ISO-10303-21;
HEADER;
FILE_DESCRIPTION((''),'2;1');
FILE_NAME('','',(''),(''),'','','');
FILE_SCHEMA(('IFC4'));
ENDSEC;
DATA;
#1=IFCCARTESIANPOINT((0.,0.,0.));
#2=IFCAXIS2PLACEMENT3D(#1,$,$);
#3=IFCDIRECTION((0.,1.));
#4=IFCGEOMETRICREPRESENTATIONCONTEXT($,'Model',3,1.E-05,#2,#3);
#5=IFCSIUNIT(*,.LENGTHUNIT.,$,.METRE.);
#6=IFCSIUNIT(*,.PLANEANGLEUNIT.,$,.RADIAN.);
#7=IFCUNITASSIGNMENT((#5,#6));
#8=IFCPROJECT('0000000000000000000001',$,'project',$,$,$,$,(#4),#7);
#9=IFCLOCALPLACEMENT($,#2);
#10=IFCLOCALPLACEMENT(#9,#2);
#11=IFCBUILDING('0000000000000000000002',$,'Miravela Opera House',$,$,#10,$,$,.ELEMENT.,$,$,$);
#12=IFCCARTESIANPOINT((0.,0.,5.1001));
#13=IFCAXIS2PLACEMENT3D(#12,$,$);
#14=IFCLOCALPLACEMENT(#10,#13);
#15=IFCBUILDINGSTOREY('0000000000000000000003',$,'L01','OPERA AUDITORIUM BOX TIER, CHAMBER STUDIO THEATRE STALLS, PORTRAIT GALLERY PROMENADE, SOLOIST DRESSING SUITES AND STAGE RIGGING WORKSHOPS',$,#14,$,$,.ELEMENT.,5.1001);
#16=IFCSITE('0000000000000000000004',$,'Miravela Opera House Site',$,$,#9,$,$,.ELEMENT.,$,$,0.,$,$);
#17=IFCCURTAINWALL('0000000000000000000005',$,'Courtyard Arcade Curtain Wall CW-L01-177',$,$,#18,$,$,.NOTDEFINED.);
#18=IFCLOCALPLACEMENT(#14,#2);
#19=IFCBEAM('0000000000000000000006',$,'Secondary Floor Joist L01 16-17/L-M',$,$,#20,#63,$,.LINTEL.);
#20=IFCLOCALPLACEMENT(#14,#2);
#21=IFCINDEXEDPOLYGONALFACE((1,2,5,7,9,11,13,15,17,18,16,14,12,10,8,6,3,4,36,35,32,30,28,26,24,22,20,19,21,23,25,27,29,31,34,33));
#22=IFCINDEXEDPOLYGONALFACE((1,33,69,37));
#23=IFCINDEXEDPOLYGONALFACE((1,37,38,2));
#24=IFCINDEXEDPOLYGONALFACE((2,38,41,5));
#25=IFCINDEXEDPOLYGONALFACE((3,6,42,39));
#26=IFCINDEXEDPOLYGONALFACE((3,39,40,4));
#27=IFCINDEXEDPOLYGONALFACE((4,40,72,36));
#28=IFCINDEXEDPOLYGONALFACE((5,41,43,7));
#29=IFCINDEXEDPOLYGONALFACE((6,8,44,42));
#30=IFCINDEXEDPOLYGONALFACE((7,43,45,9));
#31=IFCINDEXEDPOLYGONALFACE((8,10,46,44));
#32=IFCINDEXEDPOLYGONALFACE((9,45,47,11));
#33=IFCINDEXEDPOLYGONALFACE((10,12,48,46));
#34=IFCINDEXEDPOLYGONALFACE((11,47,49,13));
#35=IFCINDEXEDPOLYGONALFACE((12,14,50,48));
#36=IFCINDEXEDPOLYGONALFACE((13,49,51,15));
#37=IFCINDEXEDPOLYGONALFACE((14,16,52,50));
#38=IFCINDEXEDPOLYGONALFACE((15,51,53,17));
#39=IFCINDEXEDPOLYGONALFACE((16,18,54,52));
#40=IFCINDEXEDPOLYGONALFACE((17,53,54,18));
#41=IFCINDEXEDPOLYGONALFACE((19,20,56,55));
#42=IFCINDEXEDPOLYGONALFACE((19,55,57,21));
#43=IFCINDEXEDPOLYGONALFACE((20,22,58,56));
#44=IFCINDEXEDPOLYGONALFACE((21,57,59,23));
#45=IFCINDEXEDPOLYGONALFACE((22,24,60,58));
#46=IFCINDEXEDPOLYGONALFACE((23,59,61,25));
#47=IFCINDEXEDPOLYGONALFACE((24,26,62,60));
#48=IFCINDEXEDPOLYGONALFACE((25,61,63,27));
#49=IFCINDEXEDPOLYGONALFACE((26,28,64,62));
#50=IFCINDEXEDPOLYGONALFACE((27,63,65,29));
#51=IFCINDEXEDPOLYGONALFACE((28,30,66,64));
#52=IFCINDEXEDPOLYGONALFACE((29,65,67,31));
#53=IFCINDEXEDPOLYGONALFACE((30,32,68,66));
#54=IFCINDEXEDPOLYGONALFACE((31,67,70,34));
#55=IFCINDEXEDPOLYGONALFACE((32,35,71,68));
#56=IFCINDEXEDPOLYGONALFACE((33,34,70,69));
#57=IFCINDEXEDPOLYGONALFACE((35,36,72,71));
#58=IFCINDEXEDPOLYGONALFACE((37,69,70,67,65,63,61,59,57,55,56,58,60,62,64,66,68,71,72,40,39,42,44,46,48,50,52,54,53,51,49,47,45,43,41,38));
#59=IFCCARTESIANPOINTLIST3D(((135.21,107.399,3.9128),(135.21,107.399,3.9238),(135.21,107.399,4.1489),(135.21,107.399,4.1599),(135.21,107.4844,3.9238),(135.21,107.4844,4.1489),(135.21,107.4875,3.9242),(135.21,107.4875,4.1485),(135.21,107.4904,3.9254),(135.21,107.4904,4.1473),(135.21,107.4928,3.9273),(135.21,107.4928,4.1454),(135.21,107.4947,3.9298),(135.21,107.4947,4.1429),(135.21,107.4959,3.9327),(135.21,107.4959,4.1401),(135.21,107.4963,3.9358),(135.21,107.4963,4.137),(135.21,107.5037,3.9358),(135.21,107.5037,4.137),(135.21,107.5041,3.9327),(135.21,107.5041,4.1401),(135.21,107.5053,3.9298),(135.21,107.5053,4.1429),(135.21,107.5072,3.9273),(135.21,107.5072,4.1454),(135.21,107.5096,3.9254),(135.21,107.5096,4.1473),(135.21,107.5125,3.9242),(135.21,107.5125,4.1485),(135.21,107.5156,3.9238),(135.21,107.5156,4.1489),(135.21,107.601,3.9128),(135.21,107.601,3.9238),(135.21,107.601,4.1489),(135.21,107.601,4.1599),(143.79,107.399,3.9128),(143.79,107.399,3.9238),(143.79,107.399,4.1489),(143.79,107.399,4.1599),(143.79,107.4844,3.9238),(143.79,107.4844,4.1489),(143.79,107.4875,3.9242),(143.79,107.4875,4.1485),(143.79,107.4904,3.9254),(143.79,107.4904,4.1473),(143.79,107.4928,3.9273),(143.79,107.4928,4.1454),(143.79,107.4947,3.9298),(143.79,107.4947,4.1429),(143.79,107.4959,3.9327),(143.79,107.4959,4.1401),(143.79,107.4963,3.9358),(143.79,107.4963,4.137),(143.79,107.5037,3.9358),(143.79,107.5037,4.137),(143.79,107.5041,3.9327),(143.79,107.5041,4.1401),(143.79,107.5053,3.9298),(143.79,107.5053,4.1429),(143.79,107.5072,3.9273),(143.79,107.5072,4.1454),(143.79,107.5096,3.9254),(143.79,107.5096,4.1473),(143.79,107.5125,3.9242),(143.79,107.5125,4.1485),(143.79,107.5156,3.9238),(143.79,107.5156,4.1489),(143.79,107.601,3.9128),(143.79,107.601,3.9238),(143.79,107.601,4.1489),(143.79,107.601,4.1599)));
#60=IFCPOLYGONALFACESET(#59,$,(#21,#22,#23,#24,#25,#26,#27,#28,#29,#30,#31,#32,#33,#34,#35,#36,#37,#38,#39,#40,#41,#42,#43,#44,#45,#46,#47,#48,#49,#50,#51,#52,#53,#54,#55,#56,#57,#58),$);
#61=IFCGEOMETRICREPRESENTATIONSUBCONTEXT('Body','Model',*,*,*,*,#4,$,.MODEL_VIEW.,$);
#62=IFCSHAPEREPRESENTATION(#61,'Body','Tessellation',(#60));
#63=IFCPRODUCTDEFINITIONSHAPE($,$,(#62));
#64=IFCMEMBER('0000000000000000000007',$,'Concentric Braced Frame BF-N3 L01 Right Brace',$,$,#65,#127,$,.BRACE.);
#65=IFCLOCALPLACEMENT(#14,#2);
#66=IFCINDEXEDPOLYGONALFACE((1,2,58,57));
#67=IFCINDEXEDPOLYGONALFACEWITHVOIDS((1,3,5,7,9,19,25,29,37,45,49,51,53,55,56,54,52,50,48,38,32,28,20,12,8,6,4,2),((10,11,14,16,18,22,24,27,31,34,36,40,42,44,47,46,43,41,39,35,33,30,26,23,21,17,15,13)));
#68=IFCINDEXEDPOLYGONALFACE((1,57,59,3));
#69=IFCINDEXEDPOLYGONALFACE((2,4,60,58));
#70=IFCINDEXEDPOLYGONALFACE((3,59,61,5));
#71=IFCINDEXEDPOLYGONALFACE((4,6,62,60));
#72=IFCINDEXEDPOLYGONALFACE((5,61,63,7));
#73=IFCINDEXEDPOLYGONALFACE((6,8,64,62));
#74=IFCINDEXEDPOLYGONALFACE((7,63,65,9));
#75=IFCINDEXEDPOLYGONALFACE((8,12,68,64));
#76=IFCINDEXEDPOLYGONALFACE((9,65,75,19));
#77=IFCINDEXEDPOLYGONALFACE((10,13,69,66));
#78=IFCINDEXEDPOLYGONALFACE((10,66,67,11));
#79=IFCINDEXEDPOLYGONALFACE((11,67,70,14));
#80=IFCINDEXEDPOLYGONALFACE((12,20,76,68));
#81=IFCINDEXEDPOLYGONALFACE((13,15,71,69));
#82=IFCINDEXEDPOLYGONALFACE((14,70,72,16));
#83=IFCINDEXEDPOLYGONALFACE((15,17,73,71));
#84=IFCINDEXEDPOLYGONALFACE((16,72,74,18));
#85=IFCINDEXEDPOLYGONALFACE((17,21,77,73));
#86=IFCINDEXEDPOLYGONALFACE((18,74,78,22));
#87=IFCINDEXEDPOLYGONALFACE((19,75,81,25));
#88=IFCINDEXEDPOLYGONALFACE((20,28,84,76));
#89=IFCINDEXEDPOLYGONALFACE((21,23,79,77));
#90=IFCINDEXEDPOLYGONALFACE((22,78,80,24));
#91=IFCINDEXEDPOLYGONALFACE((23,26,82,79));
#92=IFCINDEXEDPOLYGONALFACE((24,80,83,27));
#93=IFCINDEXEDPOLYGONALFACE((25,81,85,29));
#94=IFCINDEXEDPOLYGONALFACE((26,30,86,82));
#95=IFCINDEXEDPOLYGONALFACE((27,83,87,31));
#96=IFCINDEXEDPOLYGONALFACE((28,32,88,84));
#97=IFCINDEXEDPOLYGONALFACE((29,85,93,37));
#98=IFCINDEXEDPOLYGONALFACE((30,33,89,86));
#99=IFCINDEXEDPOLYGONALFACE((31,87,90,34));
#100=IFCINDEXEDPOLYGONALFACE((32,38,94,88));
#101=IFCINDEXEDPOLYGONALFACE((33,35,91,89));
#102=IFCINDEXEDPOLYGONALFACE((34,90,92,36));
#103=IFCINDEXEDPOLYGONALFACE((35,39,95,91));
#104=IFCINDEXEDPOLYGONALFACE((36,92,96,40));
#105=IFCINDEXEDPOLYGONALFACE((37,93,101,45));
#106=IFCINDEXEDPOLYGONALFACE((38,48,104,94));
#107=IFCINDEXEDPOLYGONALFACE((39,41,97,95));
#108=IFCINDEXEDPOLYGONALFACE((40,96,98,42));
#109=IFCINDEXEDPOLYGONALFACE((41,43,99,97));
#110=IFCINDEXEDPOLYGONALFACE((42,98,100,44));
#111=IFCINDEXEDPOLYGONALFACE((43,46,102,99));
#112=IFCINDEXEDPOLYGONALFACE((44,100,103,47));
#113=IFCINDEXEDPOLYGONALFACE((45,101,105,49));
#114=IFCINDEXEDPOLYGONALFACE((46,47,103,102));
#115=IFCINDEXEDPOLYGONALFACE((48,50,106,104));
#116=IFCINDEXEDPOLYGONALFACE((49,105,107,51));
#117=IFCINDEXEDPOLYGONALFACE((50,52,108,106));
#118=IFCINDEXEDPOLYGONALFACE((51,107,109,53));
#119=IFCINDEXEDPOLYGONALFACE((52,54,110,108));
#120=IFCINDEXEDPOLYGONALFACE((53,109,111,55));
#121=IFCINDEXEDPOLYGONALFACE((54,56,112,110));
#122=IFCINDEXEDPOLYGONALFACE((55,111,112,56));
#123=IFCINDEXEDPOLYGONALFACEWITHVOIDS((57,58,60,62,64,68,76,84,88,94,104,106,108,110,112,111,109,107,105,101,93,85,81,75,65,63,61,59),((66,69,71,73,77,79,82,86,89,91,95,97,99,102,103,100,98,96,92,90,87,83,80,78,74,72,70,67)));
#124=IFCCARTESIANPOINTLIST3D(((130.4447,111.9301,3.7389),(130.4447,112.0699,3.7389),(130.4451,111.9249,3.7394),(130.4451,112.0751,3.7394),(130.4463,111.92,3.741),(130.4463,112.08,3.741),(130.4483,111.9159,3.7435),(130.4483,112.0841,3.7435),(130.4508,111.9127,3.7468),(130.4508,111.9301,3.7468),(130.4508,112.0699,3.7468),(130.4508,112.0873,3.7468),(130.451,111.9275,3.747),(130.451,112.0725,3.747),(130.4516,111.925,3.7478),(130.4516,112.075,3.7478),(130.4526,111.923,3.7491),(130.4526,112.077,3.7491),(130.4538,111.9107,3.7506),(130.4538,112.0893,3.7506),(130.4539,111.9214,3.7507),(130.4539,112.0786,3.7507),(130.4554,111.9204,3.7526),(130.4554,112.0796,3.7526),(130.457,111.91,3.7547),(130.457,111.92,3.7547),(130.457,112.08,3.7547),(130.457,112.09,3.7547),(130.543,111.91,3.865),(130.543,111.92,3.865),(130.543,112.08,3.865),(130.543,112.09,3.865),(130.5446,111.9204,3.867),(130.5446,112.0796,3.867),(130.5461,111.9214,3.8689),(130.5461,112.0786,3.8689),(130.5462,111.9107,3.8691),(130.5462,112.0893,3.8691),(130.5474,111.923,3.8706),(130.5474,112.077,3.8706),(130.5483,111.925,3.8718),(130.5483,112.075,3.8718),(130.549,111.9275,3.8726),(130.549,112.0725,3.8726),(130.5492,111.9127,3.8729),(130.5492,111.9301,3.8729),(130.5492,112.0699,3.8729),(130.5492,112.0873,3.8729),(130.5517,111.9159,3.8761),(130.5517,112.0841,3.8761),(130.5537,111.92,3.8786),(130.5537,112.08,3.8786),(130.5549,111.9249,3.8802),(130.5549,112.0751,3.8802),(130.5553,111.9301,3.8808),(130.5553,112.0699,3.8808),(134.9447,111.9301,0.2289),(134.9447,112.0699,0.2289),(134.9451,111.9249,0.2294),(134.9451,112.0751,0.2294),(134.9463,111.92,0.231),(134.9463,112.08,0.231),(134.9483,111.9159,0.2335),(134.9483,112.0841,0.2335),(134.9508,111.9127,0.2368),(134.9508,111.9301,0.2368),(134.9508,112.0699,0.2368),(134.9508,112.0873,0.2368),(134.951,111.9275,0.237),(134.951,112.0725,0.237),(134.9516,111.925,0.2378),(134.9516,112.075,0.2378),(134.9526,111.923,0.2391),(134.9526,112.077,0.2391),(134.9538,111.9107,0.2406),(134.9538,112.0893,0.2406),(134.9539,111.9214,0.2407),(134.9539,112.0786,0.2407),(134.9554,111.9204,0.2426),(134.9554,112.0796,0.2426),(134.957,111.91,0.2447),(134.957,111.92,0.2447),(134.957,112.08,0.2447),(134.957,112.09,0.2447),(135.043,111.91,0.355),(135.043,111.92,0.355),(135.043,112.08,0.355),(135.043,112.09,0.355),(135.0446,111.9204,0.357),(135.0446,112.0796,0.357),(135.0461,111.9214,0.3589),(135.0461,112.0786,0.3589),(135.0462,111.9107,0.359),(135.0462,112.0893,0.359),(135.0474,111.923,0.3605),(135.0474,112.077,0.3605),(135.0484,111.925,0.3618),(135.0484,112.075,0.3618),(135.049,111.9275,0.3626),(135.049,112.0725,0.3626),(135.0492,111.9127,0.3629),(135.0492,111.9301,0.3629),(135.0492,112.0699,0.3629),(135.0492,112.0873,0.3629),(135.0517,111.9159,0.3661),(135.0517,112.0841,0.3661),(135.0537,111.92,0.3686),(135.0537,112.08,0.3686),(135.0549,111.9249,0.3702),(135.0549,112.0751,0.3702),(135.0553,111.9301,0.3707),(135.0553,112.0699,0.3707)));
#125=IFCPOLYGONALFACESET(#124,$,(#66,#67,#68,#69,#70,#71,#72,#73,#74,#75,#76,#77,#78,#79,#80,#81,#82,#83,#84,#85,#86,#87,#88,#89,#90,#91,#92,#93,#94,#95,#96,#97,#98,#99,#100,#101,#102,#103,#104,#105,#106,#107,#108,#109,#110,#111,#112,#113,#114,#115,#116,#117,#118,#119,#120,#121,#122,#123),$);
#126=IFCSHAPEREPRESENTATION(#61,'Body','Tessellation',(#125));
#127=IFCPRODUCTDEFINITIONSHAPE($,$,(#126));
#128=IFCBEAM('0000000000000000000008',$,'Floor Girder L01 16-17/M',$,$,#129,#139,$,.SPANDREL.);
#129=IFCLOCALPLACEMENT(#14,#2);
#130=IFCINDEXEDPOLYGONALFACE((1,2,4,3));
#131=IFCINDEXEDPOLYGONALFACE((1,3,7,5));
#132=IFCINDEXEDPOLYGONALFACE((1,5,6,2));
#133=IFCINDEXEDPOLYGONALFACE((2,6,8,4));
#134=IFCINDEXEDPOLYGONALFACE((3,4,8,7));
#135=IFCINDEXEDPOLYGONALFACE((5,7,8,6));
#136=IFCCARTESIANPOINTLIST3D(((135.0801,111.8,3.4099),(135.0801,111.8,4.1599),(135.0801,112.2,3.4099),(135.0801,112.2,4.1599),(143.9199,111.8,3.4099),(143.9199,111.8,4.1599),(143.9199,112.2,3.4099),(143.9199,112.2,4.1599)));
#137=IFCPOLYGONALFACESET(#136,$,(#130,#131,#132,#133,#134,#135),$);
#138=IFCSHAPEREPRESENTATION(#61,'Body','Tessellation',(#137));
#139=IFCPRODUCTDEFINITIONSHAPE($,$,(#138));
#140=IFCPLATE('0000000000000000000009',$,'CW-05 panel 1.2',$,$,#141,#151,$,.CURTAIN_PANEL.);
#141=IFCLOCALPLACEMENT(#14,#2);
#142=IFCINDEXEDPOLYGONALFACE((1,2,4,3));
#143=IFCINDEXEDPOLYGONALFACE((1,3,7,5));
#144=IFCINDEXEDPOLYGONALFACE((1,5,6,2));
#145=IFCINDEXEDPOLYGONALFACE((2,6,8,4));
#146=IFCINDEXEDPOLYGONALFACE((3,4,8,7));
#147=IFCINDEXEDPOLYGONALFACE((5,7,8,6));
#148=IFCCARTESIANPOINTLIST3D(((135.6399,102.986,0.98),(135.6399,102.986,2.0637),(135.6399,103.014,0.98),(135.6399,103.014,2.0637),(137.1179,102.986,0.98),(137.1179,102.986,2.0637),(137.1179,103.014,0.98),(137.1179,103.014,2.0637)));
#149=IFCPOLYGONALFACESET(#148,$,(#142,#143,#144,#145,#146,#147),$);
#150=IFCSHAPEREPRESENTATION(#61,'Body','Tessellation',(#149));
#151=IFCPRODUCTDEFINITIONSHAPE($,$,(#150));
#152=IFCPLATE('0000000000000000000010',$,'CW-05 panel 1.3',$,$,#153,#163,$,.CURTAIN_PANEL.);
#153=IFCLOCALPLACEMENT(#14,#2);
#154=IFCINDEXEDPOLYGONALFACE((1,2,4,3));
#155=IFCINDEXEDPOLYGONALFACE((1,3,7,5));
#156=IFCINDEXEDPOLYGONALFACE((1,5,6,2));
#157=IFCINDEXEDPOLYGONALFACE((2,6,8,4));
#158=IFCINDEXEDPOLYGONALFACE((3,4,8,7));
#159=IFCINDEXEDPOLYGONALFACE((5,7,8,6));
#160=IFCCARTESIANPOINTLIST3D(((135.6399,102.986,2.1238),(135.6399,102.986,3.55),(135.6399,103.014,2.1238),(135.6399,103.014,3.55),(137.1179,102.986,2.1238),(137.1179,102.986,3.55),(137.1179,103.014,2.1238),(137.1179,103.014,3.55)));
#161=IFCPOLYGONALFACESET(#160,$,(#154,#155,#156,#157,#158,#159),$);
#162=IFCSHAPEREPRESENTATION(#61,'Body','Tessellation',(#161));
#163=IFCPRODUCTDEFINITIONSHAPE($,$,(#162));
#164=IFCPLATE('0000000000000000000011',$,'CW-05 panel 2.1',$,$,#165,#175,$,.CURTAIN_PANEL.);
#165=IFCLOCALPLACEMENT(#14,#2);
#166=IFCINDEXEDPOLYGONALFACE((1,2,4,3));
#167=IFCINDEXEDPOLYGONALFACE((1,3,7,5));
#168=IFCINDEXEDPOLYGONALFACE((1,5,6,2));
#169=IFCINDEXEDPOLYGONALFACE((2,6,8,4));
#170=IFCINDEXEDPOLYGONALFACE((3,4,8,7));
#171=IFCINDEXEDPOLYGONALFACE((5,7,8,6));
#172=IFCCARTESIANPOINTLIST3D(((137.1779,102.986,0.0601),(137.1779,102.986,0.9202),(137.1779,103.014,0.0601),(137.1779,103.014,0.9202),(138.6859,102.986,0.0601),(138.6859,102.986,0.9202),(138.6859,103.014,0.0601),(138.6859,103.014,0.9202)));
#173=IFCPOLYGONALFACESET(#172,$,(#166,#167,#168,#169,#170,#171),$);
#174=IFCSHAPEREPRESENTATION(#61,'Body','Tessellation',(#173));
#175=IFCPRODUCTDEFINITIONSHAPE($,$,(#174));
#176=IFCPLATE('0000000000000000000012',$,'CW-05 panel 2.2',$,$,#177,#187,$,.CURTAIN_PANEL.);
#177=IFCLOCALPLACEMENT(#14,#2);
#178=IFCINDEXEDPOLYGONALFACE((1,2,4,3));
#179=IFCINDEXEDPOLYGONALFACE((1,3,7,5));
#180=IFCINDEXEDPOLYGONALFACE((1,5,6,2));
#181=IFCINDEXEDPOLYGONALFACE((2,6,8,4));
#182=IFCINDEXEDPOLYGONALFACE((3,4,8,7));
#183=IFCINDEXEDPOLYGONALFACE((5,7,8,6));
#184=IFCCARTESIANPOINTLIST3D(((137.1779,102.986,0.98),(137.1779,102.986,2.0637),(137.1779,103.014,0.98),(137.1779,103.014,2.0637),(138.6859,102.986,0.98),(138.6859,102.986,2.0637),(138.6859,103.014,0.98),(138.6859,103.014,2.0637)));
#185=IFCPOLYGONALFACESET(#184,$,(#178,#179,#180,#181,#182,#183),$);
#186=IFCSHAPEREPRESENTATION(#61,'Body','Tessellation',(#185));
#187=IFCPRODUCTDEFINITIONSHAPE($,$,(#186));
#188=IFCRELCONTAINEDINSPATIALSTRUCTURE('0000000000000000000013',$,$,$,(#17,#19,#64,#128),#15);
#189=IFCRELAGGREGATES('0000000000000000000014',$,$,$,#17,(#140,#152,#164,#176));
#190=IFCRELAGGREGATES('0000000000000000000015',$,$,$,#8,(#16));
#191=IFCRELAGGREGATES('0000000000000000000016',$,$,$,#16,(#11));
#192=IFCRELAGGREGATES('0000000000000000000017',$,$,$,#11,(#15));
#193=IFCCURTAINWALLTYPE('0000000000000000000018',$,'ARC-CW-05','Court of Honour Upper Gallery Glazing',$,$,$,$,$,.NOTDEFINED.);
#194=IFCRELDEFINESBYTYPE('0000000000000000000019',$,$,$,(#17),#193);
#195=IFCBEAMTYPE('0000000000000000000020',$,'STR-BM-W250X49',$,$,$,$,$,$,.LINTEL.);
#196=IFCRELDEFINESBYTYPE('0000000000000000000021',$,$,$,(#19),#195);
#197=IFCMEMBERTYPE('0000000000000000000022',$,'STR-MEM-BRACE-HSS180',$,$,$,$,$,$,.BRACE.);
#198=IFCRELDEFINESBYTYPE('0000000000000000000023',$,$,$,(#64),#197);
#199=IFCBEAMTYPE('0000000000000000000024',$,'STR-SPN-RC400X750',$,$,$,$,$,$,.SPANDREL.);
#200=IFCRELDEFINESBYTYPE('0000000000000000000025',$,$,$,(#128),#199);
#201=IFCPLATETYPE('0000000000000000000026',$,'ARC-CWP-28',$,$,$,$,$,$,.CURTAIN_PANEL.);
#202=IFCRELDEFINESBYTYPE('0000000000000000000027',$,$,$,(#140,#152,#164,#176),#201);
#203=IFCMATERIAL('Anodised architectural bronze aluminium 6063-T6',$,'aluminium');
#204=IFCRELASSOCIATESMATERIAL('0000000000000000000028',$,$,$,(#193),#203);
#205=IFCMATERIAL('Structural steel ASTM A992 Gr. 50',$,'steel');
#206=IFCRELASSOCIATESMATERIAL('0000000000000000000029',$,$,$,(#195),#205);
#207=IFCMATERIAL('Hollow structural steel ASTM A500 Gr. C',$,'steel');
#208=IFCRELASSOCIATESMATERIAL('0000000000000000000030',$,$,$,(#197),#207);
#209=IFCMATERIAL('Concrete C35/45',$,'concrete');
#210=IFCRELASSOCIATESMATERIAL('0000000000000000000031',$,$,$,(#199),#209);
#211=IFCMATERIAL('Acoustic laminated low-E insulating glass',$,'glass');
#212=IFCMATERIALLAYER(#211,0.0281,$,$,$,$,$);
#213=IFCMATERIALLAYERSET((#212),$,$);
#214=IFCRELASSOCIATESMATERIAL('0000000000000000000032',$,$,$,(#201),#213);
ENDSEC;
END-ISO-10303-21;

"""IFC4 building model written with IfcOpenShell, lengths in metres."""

from ifc_helpers import new_model, si_unit, direction, frame, origin, origin_2d, place, context, subcontext, project, spatial, rectangle, hollow_rectangle, i_section, extrude, material, layer, layer_set, material_profile, profile_set, type_object, element, aggregate, save


model = new_model("IFC4")

# Units and contexts
model_context = context("Model", 3, precision=1e-05, world=origin(), true_north=direction((0.0, 1.0)))
body_context = subcontext(model_context, "Body", "Model", "MODEL_VIEW")
ifc_project = project(units=[si_unit("LENGTHUNIT", "METRE"), si_unit("PLANEANGLEUNIT", "RADIAN")], contexts=[model_context])

# Site, building, storey
site_placement = place(None, origin())
site = spatial("IfcSite", under=ifc_project, at=site_placement, Name="Miravela Opera House Site", CompositionType="ELEMENT", RefElevation=0.0)
building_placement = place(site_placement, origin())
building = spatial("IfcBuilding", under=site, at=building_placement, Name="Miravela Opera House", CompositionType="ELEMENT")
storey_placement = place(building_placement, frame((0.0, 0.0, 5.1001)))
storey = spatial("IfcBuildingStorey", under=building, at=storey_placement, Name="L01", Description="OPERA AUDITORIUM BOX TIER, CHAMBER STUDIO THEATRE STALLS, PORTRAIT GALLERY PROMENADE, SOLOIST DRESSING SUITES AND STAGE RIGGING WORKSHOPS", CompositionType="ELEMENT", Elevation=5.1001)

# Shared definitions
ifc_material_1 = material(Name="Concrete C35/45", Category="concrete")

# Curtain wall
ifc_material_2 = material(Name="Anodised architectural bronze aluminium 6063-T6", Category="aluminium")
curtain_wall_type = type_object("IfcCurtainWallType", Name="ARC-CW-05", Description="Court of Honour Upper Gallery Glazing", PredefinedType="NOTDEFINED", material=ifc_material_2)
curtain_wall_placement = place(storey_placement, origin())
curtain_wall = element("IfcCurtainWall", 1, at=curtain_wall_placement, inside=storey, type_object=curtain_wall_type, Name="Courtyard Arcade Curtain Wall CW-L01-177", PredefinedType="NOTDEFINED")

# Beam
ifc_material_3 = material(Name="Structural steel ASTM A992 Gr. 50", Category="steel")
ifc_material_profile_1 = material_profile(ifc_material_3, i_section(OverallWidth=0.2019, OverallDepth=0.2471, WebThickness=0.0073, FlangeThickness=0.011, FilletRadius=0.012, at=origin_2d()), Name="W250X49")
ifc_profile_set_1 = profile_set([ifc_material_profile_1])
beam_type_1 = type_object("IfcBeamType", Name="STR-BM-W250X49", PredefinedType="LINTEL", material=ifc_profile_set_1)
beam_1_placement = place(storey_placement, frame((135.21, 107.5, 4.0364), z_axis=(1.0, 0.0, 0.0), x_axis=(0.0, 1.0, 0.0)))
element("IfcBeam", 2, at=beam_1_placement, inside=storey, type_object=beam_type_1, Name="Secondary Floor Joist L01 16-17/L-M", PredefinedType="LINTEL", context=body_context, shape_type="SweptSolid", body=[
    extrude(i_section(OverallWidth=0.2019, OverallDepth=0.2471, WebThickness=0.0073, FlangeThickness=0.011, FilletRadius=0.012, at=origin_2d()), origin(), (0.0, 0.0, 1.0), 8.5801),
])

# Member
ifc_material_4 = material(Name="Hollow structural steel ASTM A500 Gr. C", Category="steel")
ifc_material_profile_2 = material_profile(ifc_material_4, hollow_rectangle(XDim=0.1799, YDim=0.1799, WallThickness=0.01, InnerFilletRadius=0.01, OuterFilletRadius=0.02, at=origin_2d()), Name="HSS180X180X10")
ifc_profile_set_2 = profile_set([ifc_material_profile_2])
member_type_1 = type_object("IfcMemberType", Name="STR-MEM-BRACE-HSS180", PredefinedType="BRACE", material=ifc_profile_set_2)
member_1_placement = place(storey_placement, frame((135.0, 112.0, 0.2998), z_axis=(-0.788501, 0.0, 0.615033), x_axis=(0.0, -1.0, 0.0)))
element("IfcMember", 3, at=member_1_placement, inside=storey, type_object=member_type_1, Name="Concentric Braced Frame BF-N3 L01 Right Brace", PredefinedType="BRACE", context=body_context, shape_type="SweptSolid", body=[
    extrude(hollow_rectangle(XDim=0.1799, YDim=0.1799, WallThickness=0.01, InnerFilletRadius=0.01, OuterFilletRadius=0.02, at=origin_2d()), origin(), (0.0, 0.0, 1.0), 5.707),
])

# Beam
ifc_material_profile_3 = material_profile(ifc_material_1, rectangle(XDim=0.3999, YDim=0.75, at=origin_2d()), Name="RC-SPN-400X750")
ifc_profile_set_3 = profile_set([ifc_material_profile_3])
beam_type_2 = type_object("IfcBeamType", Name="STR-SPN-RC400X750", PredefinedType="SPANDREL", material=ifc_profile_set_3)
beam_2_placement = place(storey_placement, frame((135.0801, 112.0, 3.7849), z_axis=(1.0, 0.0, 0.0), x_axis=(0.0, 1.0, 0.0)))
element("IfcBeam", 4, at=beam_2_placement, inside=storey, type_object=beam_type_2, Name="Floor Girder L01 16-17/M", PredefinedType="SPANDREL", context=body_context, shape_type="SweptSolid", body=[
    extrude(rectangle(XDim=0.3999, YDim=0.75, at=origin_2d()), origin(), (0.0, 0.0, 1.0), 8.8398),
])

# Plates
ifc_material_5 = material(Name="Acoustic laminated low-E insulating glass", Category="glass")
ifc_layer_1 = layer(ifc_material_5, 0.0281)
ifc_layer_set_1 = layer_set([ifc_layer_1])
plate_type_1 = type_object("IfcPlateType", Name="ARC-CWP-28", PredefinedType="CURTAIN_PANEL", material=ifc_layer_set_1)
plate_1_placement = place(storey_placement, frame((136.3789, 103.0, 0.98), z_axis=(0.0, 0.0, 1.0), x_axis=(1.0, 0.0, 0.0)))
plate_1 = element("IfcPlate", 5, at=plate_1_placement, type_object=plate_type_1, Name="CW-05 panel 1.2", PredefinedType="CURTAIN_PANEL", context=body_context, shape_type="SweptSolid", body=[
    extrude(rectangle(XDim=1.478, YDim=0.0281, at=origin_2d()), origin(), (0.0, 0.0, 1.0), 1.0837),
])
plate_2_placement = place(storey_placement, frame((136.3789, 103.0, 2.1238), z_axis=(0.0, 0.0, 1.0), x_axis=(1.0, 0.0, 0.0)))
plate_2 = element("IfcPlate", 6, at=plate_2_placement, type_object=plate_type_1, Name="CW-05 panel 1.3", PredefinedType="CURTAIN_PANEL", context=body_context, shape_type="SweptSolid", body=[
    extrude(rectangle(XDim=1.478, YDim=0.0281, at=origin_2d()), origin(), (0.0, 0.0, 1.0), 1.4263),
])
plate_3_placement = place(storey_placement, frame((137.9319, 103.0, 0.0601), z_axis=(0.0, 0.0, 1.0), x_axis=(1.0, 0.0, 0.0)))
plate_3 = element("IfcPlate", 7, at=plate_3_placement, type_object=plate_type_1, Name="CW-05 panel 2.1", PredefinedType="CURTAIN_PANEL", context=body_context, shape_type="SweptSolid", body=[
    extrude(rectangle(XDim=1.5081, YDim=0.0281, at=origin_2d()), origin(), (0.0, 0.0, 1.0), 0.8601),
])
plate_4_placement = place(storey_placement, frame((137.9319, 103.0, 0.98), z_axis=(0.0, 0.0, 1.0), x_axis=(1.0, 0.0, 0.0)))
plate_4 = element("IfcPlate", 8, at=plate_4_placement, type_object=plate_type_1, Name="CW-05 panel 2.2", PredefinedType="CURTAIN_PANEL", context=body_context, shape_type="SweptSolid", body=[
    extrude(rectangle(XDim=1.5081, YDim=0.0281, at=origin_2d()), origin(), (0.0, 0.0, 1.0), 1.0837),
])
aggregate(curtain_wall, [plate_1, plate_2, plate_3, plate_4])

save(model, "model.ifc")
